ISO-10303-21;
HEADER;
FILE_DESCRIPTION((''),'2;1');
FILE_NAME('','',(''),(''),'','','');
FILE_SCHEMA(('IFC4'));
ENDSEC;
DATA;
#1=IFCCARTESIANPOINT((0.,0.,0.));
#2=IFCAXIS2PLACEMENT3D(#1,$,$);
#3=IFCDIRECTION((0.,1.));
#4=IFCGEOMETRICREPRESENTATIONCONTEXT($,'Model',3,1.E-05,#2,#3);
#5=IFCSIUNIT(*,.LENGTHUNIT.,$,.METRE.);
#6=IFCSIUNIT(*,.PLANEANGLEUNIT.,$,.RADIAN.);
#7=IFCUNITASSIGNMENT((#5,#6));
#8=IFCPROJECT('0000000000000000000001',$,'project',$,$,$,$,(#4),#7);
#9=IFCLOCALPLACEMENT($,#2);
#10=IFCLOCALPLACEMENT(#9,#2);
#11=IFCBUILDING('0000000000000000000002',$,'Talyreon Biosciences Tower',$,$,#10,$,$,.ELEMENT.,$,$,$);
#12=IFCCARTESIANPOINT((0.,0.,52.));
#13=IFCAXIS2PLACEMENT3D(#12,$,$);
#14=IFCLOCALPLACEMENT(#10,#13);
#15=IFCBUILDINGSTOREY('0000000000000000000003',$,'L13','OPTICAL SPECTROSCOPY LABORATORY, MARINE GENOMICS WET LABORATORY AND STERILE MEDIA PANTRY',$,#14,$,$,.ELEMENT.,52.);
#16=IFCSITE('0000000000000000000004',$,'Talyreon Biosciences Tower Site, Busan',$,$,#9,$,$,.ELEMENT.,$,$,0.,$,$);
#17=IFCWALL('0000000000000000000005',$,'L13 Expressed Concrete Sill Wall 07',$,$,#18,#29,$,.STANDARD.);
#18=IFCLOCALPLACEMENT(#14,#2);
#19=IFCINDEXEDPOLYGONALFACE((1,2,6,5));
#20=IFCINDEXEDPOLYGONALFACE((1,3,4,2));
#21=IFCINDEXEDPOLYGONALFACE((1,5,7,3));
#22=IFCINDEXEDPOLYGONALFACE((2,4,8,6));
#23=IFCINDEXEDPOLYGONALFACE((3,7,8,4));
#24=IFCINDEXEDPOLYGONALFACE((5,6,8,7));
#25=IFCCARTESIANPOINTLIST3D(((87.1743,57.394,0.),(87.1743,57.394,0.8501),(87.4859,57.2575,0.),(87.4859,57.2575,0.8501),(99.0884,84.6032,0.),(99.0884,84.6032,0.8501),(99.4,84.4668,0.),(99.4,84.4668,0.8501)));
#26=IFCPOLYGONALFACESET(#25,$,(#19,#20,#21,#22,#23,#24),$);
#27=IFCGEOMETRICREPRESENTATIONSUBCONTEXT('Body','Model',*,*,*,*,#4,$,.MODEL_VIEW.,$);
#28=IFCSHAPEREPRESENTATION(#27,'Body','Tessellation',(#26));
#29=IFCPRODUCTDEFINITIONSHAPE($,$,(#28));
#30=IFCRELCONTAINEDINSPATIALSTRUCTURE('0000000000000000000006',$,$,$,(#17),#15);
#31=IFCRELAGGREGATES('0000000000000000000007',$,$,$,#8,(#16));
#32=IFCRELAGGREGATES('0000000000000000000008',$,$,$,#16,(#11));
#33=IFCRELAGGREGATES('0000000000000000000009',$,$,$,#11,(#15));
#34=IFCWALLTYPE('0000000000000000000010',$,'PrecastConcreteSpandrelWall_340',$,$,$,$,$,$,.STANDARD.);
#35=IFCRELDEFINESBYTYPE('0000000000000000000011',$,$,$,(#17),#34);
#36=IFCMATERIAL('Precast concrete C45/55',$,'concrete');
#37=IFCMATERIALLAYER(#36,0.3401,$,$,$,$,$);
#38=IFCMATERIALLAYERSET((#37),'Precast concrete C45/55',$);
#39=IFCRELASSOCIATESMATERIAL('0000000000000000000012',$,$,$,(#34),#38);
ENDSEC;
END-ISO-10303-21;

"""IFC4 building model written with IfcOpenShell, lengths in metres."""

from ifc_helpers import new_model, si_unit, direction, frame, frame_2d, origin, place, context, subcontext, project, spatial, rectangle, extrude, material, layer, layer_set, type_object, element, save


model = new_model("IFC4")

# Units and contexts
model_context = context("Model", 3, precision=1e-05, world=origin(), true_north=direction((0.0, 1.0)))
body_context = subcontext(model_context, "Body", "Model", "MODEL_VIEW")
ifc_project = project(units=[si_unit("LENGTHUNIT", "METRE"), si_unit("PLANEANGLEUNIT", "RADIAN")], contexts=[model_context])

# Site, building, storey
site_placement = place(None, origin())
site = spatial("IfcSite", under=ifc_project, at=site_placement, Name="Talyreon Biosciences Tower Site, Busan", CompositionType="ELEMENT", RefElevation=0.0)
building_placement = place(site_placement, origin())
building = spatial("IfcBuilding", under=site, at=building_placement, Name="Talyreon Biosciences Tower", CompositionType="ELEMENT")
storey_placement = place(building_placement, frame((0.0, 0.0, 52.0)))
storey = spatial("IfcBuildingStorey", under=building, at=storey_placement, Name="L13", Description="OPTICAL SPECTROSCOPY LABORATORY, MARINE GENOMICS WET LABORATORY AND STERILE MEDIA PANTRY", CompositionType="ELEMENT", Elevation=52.0)

# Shared definitions
ifc_material_1 = material(Name="Precast concrete C45/55", Category="concrete")

# Wall
ifc_layer_1 = layer(ifc_material_1, 0.3401)
ifc_layer_set_1 = layer_set([ifc_layer_1], Name="Precast concrete C45/55")
wall_type = type_object("IfcWallType", Name="PrecastConcreteSpandrelWall_340", PredefinedType="STANDARD", material=ifc_layer_set_1)
wall_1_placement = place(storey_placement, frame((99.2441, 84.5349, 0.0), z_axis=(0.0, 0.0, 1.0), x_axis=(-0.401102, -0.916033, 0.0)))
element("IfcWall", 1, at=wall_1_placement, inside=storey, type_object=wall_type, Name="L13 Expressed Concrete Sill Wall 07", PredefinedType="STANDARD", context=body_context, shape_type="SweptSolid", body=[
    extrude(rectangle(XDim=29.7034, YDim=0.3401, at=frame_2d((14.8516, 0.0))), origin(), (0.0, 0.0, 1.0), 0.8501),
])

save(model, "model.ifc")
